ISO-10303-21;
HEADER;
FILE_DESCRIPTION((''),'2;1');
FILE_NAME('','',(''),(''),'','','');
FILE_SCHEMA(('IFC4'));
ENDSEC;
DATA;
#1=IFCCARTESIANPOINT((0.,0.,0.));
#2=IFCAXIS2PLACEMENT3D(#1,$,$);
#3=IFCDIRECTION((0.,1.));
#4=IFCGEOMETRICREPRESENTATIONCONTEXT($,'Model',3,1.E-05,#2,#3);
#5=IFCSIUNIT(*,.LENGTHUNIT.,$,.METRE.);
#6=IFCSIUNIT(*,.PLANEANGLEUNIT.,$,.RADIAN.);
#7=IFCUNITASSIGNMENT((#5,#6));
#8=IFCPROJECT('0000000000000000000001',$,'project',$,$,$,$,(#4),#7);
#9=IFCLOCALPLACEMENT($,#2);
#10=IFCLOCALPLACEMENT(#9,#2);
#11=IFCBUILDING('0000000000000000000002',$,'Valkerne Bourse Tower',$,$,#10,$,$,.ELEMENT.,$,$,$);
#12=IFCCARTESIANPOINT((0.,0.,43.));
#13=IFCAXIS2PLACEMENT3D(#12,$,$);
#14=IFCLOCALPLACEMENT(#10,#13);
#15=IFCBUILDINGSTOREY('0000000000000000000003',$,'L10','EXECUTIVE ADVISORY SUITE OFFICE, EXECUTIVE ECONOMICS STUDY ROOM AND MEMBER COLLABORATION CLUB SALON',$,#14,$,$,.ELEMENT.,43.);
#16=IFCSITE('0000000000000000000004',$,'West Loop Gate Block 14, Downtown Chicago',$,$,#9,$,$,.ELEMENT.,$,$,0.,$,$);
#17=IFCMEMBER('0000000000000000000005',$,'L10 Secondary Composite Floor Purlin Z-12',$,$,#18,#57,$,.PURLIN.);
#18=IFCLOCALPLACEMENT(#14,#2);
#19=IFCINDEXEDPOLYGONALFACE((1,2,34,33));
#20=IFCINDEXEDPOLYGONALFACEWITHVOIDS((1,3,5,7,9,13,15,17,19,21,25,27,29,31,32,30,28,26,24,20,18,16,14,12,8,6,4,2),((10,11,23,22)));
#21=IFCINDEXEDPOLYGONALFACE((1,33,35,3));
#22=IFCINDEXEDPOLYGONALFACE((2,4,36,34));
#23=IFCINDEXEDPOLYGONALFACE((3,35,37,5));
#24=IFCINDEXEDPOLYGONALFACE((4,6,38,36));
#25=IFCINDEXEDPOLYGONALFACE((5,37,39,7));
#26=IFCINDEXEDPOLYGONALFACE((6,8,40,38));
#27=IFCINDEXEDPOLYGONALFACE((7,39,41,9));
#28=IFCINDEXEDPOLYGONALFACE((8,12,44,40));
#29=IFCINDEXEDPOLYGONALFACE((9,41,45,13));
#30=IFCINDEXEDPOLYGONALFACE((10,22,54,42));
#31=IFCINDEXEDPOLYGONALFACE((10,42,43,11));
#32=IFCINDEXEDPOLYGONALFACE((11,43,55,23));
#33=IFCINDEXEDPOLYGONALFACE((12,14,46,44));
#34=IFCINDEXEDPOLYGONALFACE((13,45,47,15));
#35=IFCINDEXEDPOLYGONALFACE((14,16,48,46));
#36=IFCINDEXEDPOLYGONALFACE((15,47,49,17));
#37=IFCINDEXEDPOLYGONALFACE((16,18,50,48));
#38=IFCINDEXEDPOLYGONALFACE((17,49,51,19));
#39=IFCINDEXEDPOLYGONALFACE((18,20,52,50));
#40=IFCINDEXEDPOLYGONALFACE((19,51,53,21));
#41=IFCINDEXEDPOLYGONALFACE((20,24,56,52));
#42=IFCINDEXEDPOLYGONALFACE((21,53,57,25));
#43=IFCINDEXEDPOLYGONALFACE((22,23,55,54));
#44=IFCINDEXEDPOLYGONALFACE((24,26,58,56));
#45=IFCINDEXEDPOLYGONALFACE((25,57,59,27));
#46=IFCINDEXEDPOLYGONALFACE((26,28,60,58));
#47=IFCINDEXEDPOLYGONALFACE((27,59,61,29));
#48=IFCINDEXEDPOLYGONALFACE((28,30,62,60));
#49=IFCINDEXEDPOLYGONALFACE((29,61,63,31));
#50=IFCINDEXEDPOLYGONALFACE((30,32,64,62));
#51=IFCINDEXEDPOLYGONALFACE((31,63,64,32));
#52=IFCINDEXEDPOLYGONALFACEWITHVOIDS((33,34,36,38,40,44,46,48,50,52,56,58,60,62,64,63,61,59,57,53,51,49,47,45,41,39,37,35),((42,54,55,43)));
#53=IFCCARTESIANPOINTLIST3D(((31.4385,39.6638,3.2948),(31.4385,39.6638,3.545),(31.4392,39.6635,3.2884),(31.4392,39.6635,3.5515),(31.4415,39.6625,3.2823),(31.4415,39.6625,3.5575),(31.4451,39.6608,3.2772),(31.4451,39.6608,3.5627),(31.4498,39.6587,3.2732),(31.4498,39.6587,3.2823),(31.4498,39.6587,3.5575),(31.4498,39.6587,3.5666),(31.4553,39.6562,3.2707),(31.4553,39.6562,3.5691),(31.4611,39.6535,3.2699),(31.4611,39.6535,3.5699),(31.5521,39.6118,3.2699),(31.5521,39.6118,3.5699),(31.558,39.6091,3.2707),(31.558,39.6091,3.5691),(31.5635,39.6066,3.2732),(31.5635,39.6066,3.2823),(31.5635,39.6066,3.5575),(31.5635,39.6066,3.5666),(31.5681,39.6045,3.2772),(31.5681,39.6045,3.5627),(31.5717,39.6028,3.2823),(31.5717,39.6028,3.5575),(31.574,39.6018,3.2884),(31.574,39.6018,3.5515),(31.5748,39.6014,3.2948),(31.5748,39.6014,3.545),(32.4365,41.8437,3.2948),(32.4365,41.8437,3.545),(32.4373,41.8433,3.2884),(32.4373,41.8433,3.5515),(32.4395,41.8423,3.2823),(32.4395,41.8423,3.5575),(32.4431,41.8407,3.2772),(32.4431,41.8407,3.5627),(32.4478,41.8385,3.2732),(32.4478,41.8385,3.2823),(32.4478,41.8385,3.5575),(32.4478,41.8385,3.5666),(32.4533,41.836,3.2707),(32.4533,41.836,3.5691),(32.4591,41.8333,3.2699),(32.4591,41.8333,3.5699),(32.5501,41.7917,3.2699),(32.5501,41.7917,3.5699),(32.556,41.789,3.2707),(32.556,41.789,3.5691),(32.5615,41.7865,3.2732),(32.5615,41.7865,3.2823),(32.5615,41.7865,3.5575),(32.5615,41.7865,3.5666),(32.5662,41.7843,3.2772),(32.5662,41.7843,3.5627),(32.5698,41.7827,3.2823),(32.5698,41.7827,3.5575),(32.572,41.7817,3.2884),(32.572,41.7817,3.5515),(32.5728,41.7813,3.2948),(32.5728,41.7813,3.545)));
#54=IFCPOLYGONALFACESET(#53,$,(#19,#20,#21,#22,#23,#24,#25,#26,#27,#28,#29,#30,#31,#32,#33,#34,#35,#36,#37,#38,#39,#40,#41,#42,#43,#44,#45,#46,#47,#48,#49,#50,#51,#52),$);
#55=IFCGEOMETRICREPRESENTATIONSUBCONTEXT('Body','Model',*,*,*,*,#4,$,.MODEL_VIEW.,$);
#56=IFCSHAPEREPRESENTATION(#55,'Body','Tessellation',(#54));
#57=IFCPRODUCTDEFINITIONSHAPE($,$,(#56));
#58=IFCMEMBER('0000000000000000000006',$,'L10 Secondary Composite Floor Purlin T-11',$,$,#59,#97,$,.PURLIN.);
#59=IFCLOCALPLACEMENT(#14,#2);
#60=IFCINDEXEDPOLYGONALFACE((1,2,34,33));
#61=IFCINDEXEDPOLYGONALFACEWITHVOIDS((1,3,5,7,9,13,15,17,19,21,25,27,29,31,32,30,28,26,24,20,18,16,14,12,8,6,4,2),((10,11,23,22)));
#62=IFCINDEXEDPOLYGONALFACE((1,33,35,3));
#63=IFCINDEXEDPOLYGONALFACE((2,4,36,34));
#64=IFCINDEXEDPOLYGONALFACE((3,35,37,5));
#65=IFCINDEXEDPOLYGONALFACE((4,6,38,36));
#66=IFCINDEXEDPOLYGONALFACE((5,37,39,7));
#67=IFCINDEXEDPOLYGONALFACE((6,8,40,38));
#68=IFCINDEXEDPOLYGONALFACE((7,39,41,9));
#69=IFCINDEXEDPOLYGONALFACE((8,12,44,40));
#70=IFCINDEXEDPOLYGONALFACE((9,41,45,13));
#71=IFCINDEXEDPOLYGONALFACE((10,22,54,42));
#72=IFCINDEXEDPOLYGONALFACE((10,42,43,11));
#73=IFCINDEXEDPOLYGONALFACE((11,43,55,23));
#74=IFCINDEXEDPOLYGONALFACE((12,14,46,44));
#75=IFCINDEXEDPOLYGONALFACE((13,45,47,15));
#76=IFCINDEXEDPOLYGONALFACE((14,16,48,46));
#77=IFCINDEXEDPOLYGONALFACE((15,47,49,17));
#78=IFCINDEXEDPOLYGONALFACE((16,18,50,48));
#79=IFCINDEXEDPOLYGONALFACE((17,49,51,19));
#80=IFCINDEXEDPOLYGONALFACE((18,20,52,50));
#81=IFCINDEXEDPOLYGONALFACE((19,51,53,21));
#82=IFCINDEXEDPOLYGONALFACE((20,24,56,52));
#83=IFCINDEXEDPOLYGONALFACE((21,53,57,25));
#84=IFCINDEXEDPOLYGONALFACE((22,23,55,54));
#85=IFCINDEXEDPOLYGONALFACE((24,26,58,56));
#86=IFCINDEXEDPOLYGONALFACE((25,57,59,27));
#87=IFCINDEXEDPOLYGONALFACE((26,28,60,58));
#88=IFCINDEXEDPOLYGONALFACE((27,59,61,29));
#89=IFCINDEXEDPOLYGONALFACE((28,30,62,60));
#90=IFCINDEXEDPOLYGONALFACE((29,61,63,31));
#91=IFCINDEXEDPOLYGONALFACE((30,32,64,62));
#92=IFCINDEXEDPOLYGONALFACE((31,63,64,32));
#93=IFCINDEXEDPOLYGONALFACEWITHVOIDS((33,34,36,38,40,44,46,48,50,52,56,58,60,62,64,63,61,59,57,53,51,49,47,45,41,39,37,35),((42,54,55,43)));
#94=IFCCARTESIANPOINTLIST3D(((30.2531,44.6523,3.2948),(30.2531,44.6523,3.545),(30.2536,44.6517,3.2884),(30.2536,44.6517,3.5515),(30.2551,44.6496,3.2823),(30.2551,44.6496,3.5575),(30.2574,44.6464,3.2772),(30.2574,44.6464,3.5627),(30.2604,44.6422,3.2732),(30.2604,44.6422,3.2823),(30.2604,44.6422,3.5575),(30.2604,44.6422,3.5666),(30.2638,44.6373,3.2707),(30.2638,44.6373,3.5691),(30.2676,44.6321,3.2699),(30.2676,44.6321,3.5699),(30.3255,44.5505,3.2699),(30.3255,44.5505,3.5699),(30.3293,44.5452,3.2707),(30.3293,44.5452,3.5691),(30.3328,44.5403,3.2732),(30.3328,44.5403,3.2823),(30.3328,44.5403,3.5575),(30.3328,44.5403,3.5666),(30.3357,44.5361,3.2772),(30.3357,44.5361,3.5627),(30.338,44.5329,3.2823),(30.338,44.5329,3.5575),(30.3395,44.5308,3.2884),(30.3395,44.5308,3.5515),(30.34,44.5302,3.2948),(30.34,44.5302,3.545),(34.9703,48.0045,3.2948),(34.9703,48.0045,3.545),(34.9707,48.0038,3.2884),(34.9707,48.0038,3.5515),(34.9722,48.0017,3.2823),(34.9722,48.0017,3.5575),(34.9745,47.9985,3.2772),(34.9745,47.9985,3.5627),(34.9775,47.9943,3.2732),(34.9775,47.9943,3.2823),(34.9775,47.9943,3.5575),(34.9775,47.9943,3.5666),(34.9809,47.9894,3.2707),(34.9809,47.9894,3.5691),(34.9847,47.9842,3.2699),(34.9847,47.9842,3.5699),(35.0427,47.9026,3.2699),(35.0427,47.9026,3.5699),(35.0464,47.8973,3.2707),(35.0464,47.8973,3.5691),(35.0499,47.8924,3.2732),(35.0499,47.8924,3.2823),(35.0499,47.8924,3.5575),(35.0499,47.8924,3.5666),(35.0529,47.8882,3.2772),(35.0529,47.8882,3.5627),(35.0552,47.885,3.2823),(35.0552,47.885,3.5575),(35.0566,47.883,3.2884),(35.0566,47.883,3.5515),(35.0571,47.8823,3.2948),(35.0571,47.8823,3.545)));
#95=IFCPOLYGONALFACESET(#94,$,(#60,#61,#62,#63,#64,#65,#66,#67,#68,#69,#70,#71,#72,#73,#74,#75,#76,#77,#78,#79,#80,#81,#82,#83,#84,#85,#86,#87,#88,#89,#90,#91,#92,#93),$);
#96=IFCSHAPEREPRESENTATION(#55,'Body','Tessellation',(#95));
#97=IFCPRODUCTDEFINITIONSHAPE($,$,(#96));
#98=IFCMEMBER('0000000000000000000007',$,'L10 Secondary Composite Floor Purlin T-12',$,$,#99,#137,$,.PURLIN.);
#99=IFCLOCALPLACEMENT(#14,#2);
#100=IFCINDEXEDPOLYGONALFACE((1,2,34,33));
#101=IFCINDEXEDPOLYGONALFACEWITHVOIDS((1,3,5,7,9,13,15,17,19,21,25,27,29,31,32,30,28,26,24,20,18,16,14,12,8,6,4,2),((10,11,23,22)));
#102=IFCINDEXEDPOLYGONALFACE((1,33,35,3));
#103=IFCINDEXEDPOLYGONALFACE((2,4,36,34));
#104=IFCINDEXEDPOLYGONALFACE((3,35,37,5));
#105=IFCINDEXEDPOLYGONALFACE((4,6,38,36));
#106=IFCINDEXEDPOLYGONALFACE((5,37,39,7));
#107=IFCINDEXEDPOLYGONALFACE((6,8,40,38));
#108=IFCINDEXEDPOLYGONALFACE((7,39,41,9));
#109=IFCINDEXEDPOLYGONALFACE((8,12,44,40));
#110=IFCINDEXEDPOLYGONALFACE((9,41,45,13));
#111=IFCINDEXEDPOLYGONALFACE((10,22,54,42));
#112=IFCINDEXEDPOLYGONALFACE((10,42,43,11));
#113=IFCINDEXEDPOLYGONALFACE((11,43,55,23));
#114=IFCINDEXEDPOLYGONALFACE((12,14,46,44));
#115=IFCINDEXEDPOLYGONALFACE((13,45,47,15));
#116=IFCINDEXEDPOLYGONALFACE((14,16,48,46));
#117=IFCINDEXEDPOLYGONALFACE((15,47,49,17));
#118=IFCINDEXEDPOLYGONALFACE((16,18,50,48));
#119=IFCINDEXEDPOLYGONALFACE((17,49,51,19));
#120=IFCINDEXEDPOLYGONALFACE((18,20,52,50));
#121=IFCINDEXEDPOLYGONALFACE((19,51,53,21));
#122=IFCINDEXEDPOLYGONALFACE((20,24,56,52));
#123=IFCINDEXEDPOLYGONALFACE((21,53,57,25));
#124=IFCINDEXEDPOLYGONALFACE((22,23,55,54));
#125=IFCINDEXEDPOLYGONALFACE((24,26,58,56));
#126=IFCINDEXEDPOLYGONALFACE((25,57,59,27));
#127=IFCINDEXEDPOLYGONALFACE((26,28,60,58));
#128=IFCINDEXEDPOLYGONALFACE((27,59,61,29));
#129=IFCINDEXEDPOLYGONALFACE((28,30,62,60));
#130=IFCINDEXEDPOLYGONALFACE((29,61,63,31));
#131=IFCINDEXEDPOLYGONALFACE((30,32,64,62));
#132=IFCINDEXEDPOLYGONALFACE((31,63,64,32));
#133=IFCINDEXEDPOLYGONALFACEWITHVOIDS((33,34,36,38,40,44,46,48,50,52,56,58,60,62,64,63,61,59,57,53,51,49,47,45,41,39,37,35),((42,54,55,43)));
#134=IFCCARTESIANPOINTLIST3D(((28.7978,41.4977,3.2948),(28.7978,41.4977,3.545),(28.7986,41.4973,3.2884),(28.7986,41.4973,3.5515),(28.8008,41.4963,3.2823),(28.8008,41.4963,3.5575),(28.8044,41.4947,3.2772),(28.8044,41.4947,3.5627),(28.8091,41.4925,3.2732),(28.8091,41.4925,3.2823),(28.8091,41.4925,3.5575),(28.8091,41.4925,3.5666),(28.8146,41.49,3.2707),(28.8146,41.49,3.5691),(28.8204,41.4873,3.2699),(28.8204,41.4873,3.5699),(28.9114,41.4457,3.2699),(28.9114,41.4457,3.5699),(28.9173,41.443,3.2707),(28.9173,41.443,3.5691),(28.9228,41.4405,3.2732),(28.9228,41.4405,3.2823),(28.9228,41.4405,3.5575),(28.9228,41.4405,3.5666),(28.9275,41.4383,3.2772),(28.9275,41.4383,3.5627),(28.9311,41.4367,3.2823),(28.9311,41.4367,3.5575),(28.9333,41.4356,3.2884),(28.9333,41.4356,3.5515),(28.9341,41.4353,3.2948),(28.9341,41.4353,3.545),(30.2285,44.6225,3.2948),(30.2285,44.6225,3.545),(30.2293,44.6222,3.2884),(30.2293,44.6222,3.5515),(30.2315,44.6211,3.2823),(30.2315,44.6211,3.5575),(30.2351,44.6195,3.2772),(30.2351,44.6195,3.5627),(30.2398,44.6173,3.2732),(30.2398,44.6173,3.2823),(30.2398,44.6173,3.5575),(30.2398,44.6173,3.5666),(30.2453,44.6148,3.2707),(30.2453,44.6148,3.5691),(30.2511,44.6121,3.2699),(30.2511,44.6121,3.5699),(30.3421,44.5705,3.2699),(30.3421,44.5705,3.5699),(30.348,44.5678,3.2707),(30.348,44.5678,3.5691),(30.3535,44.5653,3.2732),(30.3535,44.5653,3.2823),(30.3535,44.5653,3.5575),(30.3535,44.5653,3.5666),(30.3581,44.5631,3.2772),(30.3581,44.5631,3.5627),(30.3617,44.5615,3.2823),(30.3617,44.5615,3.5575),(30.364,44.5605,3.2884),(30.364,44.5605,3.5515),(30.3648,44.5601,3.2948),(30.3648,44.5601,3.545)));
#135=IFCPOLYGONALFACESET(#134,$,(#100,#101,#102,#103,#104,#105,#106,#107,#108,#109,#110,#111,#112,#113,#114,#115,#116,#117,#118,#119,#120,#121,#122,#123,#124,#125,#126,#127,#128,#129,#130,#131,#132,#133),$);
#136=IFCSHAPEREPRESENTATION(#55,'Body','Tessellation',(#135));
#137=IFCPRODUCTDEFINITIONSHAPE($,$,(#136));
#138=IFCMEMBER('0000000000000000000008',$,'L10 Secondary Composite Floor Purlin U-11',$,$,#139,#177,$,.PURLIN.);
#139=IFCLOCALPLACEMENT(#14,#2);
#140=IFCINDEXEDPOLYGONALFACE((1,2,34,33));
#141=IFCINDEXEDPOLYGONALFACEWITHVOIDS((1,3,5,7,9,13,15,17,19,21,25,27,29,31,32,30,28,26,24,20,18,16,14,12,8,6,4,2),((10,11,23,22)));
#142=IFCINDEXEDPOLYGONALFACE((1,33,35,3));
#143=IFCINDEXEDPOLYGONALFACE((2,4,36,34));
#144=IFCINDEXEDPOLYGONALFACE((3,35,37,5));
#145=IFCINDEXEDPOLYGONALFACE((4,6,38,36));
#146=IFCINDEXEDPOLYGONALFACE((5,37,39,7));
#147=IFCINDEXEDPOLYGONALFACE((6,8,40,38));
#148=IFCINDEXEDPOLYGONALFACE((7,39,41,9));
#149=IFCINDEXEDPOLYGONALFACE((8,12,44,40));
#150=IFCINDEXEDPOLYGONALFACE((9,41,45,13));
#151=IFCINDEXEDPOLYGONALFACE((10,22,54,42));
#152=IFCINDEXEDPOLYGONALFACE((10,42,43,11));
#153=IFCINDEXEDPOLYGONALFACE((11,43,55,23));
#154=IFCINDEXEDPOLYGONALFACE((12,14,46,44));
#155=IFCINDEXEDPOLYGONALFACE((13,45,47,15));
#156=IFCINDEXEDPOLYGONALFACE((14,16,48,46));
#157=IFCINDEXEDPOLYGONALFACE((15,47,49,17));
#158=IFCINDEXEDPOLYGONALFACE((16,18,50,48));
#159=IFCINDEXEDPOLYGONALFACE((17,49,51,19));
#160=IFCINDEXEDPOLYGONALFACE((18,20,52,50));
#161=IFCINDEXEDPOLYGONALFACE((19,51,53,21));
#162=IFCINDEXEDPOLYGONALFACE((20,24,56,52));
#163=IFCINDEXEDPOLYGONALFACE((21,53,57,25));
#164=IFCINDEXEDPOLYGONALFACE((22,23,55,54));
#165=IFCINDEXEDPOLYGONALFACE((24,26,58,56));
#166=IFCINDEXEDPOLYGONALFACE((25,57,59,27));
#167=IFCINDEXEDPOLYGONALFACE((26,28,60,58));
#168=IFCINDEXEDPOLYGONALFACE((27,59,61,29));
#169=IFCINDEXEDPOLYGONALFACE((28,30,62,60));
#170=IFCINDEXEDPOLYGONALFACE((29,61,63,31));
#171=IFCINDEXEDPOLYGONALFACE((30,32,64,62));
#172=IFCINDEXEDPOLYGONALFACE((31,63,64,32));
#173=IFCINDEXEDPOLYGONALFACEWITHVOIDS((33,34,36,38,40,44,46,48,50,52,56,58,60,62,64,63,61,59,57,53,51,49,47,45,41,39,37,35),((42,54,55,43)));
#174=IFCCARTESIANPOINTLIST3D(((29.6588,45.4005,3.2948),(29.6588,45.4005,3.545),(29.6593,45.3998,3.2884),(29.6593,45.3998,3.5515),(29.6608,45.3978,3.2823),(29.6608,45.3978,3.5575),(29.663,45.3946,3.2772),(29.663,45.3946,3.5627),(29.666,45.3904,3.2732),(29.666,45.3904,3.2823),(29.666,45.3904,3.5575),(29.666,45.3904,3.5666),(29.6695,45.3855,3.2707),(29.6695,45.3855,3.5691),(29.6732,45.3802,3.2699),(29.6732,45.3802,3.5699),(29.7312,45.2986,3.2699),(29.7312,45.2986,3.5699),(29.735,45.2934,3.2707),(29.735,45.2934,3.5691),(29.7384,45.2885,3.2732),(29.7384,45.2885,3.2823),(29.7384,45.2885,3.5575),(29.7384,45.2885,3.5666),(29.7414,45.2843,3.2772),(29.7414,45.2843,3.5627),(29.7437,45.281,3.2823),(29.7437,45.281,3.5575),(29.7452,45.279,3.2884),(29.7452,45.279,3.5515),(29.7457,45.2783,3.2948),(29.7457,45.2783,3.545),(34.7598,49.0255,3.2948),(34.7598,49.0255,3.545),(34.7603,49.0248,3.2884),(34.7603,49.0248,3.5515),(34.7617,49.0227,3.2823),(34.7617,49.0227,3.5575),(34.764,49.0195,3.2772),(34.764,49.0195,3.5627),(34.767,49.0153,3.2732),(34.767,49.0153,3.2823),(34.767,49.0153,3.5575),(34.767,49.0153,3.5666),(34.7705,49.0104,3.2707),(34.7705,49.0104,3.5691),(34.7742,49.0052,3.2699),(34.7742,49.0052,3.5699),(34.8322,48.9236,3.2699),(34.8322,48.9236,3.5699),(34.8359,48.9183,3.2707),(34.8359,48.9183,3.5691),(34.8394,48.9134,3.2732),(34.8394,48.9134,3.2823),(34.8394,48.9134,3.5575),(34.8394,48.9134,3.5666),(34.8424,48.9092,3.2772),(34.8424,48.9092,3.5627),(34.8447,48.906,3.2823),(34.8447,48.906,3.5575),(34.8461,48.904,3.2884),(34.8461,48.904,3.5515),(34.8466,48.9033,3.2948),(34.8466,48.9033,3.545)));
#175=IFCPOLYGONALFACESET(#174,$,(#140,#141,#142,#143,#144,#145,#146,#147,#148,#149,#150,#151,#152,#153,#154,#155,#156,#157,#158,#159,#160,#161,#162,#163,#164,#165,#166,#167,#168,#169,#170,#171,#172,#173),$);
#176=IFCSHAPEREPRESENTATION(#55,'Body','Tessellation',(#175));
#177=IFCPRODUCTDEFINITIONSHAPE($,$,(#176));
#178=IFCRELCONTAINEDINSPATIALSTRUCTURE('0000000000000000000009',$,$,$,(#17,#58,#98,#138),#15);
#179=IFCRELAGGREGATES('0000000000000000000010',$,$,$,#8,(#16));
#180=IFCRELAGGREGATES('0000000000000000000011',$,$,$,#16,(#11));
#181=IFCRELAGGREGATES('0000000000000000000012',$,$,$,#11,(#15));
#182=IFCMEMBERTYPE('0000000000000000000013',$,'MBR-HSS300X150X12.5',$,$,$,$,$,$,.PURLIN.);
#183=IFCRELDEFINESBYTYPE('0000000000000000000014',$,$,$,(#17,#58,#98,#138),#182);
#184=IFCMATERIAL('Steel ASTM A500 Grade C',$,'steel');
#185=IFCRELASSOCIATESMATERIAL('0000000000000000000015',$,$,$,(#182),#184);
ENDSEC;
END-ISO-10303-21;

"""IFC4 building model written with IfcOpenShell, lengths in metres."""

from ifc_helpers import new_model, si_unit, direction, frame, origin, origin_2d, place, context, subcontext, project, spatial, hollow_rectangle, extrude, material, material_profile, profile_set, type_object, element, save


model = new_model("IFC4")

# Units and contexts
model_context = context("Model", 3, precision=1e-05, world=origin(), true_north=direction((0.0, 1.0)))
body_context = subcontext(model_context, "Body", "Model", "MODEL_VIEW")
ifc_project = project(units=[si_unit("LENGTHUNIT", "METRE"), si_unit("PLANEANGLEUNIT", "RADIAN")], contexts=[model_context])

# Site, building, storey
site_placement = place(None, origin())
site = spatial("IfcSite", under=ifc_project, at=site_placement, Name="West Loop Gate Block 14, Downtown Chicago", CompositionType="ELEMENT", RefElevation=0.0)
building_placement = place(site_placement, origin())
building = spatial("IfcBuilding", under=site, at=building_placement, Name="Valkerne Bourse Tower", CompositionType="ELEMENT")
storey_placement = place(building_placement, frame((0.0, 0.0, 43.0)))
storey = spatial("IfcBuildingStorey", under=building, at=storey_placement, Name="L10", Description="EXECUTIVE ADVISORY SUITE OFFICE, EXECUTIVE ECONOMICS STUDY ROOM AND MEMBER COLLABORATION CLUB SALON", CompositionType="ELEMENT", Elevation=43.0)

# Members
ifc_material_1 = material(Name="Steel ASTM A500 Grade C", Category="steel")
ifc_material_profile_1 = material_profile(ifc_material_1, hollow_rectangle(XDim=0.1499, YDim=0.3, WallThickness=0.0125, OuterFilletRadius=0.0249, at=origin_2d()), Name="HSS300X150X12.5")
ifc_profile_set_1 = profile_set([ifc_material_profile_1], Name="Steel ASTM A500 Grade C")
member_type_1 = type_object("IfcMemberType", Name="MBR-HSS300X150X12.5", PredefinedType="PURLIN", material=ifc_profile_set_1)
member_1_placement = place(storey_placement, frame((32.5046, 41.8125, 3.4199), z_axis=(-0.416279, -0.909237, 0.0), x_axis=(0.909237, -0.416279, 0.0)))
element("IfcMember", 1, at=member_1_placement, inside=storey, type_object=member_type_1, Name="L10 Secondary Composite Floor Purlin Z-12", PredefinedType="PURLIN", context=body_context, shape_type="SweptSolid", body=[
    extrude(hollow_rectangle(XDim=0.1499, YDim=0.3, WallThickness=0.0125, OuterFilletRadius=0.0249, at=origin_2d()), origin(), (0.0, 0.0, 1.0), 2.3975),
])
member_2_placement = place(storey_placement, frame((35.0137, 47.9434, 3.4199), z_axis=(-0.815142, -0.579261, 0.0), x_axis=(0.579261, -0.815142, 0.0)))
element("IfcMember", 2, at=member_2_placement, inside=storey, type_object=member_type_1, Name="L10 Secondary Composite Floor Purlin T-11", PredefinedType="PURLIN", context=body_context, shape_type="SweptSolid", body=[
    extrude(hollow_rectangle(XDim=0.1499, YDim=0.3, WallThickness=0.0125, OuterFilletRadius=0.0249, at=origin_2d()), origin(), (0.0, 0.0, 1.0), 5.7869),
])
member_3_placement = place(storey_placement, frame((30.2966, 44.5913, 3.4199), z_axis=(-0.41629, -0.909232, 0.0), x_axis=(0.909232, -0.41629, 0.0)))
element("IfcMember", 3, at=member_3_placement, inside=storey, type_object=member_type_1, Name="L10 Secondary Composite Floor Purlin T-12", PredefinedType="PURLIN", context=body_context, shape_type="SweptSolid", body=[
    extrude(hollow_rectangle(XDim=0.1499, YDim=0.3, WallThickness=0.0125, OuterFilletRadius=0.0249, at=origin_2d()), origin(), (0.0, 0.0, 1.0), 3.4368),
])
member_4_placement = place(storey_placement, frame((34.8032, 48.9644, 3.4199), z_axis=(-0.815139, -0.579266, 0.0), x_axis=(0.579266, -0.815139, 0.0)))
element("IfcMember", 4, at=member_4_placement, inside=storey, type_object=member_type_1, Name="L10 Secondary Composite Floor Purlin U-11", PredefinedType="PURLIN", context=body_context, shape_type="SweptSolid", body=[
    extrude(hollow_rectangle(XDim=0.1499, YDim=0.3, WallThickness=0.0125, OuterFilletRadius=0.0249, at=origin_2d()), origin(), (0.0, 0.0, 1.0), 6.2578),
])

save(model, "model.ifc")
